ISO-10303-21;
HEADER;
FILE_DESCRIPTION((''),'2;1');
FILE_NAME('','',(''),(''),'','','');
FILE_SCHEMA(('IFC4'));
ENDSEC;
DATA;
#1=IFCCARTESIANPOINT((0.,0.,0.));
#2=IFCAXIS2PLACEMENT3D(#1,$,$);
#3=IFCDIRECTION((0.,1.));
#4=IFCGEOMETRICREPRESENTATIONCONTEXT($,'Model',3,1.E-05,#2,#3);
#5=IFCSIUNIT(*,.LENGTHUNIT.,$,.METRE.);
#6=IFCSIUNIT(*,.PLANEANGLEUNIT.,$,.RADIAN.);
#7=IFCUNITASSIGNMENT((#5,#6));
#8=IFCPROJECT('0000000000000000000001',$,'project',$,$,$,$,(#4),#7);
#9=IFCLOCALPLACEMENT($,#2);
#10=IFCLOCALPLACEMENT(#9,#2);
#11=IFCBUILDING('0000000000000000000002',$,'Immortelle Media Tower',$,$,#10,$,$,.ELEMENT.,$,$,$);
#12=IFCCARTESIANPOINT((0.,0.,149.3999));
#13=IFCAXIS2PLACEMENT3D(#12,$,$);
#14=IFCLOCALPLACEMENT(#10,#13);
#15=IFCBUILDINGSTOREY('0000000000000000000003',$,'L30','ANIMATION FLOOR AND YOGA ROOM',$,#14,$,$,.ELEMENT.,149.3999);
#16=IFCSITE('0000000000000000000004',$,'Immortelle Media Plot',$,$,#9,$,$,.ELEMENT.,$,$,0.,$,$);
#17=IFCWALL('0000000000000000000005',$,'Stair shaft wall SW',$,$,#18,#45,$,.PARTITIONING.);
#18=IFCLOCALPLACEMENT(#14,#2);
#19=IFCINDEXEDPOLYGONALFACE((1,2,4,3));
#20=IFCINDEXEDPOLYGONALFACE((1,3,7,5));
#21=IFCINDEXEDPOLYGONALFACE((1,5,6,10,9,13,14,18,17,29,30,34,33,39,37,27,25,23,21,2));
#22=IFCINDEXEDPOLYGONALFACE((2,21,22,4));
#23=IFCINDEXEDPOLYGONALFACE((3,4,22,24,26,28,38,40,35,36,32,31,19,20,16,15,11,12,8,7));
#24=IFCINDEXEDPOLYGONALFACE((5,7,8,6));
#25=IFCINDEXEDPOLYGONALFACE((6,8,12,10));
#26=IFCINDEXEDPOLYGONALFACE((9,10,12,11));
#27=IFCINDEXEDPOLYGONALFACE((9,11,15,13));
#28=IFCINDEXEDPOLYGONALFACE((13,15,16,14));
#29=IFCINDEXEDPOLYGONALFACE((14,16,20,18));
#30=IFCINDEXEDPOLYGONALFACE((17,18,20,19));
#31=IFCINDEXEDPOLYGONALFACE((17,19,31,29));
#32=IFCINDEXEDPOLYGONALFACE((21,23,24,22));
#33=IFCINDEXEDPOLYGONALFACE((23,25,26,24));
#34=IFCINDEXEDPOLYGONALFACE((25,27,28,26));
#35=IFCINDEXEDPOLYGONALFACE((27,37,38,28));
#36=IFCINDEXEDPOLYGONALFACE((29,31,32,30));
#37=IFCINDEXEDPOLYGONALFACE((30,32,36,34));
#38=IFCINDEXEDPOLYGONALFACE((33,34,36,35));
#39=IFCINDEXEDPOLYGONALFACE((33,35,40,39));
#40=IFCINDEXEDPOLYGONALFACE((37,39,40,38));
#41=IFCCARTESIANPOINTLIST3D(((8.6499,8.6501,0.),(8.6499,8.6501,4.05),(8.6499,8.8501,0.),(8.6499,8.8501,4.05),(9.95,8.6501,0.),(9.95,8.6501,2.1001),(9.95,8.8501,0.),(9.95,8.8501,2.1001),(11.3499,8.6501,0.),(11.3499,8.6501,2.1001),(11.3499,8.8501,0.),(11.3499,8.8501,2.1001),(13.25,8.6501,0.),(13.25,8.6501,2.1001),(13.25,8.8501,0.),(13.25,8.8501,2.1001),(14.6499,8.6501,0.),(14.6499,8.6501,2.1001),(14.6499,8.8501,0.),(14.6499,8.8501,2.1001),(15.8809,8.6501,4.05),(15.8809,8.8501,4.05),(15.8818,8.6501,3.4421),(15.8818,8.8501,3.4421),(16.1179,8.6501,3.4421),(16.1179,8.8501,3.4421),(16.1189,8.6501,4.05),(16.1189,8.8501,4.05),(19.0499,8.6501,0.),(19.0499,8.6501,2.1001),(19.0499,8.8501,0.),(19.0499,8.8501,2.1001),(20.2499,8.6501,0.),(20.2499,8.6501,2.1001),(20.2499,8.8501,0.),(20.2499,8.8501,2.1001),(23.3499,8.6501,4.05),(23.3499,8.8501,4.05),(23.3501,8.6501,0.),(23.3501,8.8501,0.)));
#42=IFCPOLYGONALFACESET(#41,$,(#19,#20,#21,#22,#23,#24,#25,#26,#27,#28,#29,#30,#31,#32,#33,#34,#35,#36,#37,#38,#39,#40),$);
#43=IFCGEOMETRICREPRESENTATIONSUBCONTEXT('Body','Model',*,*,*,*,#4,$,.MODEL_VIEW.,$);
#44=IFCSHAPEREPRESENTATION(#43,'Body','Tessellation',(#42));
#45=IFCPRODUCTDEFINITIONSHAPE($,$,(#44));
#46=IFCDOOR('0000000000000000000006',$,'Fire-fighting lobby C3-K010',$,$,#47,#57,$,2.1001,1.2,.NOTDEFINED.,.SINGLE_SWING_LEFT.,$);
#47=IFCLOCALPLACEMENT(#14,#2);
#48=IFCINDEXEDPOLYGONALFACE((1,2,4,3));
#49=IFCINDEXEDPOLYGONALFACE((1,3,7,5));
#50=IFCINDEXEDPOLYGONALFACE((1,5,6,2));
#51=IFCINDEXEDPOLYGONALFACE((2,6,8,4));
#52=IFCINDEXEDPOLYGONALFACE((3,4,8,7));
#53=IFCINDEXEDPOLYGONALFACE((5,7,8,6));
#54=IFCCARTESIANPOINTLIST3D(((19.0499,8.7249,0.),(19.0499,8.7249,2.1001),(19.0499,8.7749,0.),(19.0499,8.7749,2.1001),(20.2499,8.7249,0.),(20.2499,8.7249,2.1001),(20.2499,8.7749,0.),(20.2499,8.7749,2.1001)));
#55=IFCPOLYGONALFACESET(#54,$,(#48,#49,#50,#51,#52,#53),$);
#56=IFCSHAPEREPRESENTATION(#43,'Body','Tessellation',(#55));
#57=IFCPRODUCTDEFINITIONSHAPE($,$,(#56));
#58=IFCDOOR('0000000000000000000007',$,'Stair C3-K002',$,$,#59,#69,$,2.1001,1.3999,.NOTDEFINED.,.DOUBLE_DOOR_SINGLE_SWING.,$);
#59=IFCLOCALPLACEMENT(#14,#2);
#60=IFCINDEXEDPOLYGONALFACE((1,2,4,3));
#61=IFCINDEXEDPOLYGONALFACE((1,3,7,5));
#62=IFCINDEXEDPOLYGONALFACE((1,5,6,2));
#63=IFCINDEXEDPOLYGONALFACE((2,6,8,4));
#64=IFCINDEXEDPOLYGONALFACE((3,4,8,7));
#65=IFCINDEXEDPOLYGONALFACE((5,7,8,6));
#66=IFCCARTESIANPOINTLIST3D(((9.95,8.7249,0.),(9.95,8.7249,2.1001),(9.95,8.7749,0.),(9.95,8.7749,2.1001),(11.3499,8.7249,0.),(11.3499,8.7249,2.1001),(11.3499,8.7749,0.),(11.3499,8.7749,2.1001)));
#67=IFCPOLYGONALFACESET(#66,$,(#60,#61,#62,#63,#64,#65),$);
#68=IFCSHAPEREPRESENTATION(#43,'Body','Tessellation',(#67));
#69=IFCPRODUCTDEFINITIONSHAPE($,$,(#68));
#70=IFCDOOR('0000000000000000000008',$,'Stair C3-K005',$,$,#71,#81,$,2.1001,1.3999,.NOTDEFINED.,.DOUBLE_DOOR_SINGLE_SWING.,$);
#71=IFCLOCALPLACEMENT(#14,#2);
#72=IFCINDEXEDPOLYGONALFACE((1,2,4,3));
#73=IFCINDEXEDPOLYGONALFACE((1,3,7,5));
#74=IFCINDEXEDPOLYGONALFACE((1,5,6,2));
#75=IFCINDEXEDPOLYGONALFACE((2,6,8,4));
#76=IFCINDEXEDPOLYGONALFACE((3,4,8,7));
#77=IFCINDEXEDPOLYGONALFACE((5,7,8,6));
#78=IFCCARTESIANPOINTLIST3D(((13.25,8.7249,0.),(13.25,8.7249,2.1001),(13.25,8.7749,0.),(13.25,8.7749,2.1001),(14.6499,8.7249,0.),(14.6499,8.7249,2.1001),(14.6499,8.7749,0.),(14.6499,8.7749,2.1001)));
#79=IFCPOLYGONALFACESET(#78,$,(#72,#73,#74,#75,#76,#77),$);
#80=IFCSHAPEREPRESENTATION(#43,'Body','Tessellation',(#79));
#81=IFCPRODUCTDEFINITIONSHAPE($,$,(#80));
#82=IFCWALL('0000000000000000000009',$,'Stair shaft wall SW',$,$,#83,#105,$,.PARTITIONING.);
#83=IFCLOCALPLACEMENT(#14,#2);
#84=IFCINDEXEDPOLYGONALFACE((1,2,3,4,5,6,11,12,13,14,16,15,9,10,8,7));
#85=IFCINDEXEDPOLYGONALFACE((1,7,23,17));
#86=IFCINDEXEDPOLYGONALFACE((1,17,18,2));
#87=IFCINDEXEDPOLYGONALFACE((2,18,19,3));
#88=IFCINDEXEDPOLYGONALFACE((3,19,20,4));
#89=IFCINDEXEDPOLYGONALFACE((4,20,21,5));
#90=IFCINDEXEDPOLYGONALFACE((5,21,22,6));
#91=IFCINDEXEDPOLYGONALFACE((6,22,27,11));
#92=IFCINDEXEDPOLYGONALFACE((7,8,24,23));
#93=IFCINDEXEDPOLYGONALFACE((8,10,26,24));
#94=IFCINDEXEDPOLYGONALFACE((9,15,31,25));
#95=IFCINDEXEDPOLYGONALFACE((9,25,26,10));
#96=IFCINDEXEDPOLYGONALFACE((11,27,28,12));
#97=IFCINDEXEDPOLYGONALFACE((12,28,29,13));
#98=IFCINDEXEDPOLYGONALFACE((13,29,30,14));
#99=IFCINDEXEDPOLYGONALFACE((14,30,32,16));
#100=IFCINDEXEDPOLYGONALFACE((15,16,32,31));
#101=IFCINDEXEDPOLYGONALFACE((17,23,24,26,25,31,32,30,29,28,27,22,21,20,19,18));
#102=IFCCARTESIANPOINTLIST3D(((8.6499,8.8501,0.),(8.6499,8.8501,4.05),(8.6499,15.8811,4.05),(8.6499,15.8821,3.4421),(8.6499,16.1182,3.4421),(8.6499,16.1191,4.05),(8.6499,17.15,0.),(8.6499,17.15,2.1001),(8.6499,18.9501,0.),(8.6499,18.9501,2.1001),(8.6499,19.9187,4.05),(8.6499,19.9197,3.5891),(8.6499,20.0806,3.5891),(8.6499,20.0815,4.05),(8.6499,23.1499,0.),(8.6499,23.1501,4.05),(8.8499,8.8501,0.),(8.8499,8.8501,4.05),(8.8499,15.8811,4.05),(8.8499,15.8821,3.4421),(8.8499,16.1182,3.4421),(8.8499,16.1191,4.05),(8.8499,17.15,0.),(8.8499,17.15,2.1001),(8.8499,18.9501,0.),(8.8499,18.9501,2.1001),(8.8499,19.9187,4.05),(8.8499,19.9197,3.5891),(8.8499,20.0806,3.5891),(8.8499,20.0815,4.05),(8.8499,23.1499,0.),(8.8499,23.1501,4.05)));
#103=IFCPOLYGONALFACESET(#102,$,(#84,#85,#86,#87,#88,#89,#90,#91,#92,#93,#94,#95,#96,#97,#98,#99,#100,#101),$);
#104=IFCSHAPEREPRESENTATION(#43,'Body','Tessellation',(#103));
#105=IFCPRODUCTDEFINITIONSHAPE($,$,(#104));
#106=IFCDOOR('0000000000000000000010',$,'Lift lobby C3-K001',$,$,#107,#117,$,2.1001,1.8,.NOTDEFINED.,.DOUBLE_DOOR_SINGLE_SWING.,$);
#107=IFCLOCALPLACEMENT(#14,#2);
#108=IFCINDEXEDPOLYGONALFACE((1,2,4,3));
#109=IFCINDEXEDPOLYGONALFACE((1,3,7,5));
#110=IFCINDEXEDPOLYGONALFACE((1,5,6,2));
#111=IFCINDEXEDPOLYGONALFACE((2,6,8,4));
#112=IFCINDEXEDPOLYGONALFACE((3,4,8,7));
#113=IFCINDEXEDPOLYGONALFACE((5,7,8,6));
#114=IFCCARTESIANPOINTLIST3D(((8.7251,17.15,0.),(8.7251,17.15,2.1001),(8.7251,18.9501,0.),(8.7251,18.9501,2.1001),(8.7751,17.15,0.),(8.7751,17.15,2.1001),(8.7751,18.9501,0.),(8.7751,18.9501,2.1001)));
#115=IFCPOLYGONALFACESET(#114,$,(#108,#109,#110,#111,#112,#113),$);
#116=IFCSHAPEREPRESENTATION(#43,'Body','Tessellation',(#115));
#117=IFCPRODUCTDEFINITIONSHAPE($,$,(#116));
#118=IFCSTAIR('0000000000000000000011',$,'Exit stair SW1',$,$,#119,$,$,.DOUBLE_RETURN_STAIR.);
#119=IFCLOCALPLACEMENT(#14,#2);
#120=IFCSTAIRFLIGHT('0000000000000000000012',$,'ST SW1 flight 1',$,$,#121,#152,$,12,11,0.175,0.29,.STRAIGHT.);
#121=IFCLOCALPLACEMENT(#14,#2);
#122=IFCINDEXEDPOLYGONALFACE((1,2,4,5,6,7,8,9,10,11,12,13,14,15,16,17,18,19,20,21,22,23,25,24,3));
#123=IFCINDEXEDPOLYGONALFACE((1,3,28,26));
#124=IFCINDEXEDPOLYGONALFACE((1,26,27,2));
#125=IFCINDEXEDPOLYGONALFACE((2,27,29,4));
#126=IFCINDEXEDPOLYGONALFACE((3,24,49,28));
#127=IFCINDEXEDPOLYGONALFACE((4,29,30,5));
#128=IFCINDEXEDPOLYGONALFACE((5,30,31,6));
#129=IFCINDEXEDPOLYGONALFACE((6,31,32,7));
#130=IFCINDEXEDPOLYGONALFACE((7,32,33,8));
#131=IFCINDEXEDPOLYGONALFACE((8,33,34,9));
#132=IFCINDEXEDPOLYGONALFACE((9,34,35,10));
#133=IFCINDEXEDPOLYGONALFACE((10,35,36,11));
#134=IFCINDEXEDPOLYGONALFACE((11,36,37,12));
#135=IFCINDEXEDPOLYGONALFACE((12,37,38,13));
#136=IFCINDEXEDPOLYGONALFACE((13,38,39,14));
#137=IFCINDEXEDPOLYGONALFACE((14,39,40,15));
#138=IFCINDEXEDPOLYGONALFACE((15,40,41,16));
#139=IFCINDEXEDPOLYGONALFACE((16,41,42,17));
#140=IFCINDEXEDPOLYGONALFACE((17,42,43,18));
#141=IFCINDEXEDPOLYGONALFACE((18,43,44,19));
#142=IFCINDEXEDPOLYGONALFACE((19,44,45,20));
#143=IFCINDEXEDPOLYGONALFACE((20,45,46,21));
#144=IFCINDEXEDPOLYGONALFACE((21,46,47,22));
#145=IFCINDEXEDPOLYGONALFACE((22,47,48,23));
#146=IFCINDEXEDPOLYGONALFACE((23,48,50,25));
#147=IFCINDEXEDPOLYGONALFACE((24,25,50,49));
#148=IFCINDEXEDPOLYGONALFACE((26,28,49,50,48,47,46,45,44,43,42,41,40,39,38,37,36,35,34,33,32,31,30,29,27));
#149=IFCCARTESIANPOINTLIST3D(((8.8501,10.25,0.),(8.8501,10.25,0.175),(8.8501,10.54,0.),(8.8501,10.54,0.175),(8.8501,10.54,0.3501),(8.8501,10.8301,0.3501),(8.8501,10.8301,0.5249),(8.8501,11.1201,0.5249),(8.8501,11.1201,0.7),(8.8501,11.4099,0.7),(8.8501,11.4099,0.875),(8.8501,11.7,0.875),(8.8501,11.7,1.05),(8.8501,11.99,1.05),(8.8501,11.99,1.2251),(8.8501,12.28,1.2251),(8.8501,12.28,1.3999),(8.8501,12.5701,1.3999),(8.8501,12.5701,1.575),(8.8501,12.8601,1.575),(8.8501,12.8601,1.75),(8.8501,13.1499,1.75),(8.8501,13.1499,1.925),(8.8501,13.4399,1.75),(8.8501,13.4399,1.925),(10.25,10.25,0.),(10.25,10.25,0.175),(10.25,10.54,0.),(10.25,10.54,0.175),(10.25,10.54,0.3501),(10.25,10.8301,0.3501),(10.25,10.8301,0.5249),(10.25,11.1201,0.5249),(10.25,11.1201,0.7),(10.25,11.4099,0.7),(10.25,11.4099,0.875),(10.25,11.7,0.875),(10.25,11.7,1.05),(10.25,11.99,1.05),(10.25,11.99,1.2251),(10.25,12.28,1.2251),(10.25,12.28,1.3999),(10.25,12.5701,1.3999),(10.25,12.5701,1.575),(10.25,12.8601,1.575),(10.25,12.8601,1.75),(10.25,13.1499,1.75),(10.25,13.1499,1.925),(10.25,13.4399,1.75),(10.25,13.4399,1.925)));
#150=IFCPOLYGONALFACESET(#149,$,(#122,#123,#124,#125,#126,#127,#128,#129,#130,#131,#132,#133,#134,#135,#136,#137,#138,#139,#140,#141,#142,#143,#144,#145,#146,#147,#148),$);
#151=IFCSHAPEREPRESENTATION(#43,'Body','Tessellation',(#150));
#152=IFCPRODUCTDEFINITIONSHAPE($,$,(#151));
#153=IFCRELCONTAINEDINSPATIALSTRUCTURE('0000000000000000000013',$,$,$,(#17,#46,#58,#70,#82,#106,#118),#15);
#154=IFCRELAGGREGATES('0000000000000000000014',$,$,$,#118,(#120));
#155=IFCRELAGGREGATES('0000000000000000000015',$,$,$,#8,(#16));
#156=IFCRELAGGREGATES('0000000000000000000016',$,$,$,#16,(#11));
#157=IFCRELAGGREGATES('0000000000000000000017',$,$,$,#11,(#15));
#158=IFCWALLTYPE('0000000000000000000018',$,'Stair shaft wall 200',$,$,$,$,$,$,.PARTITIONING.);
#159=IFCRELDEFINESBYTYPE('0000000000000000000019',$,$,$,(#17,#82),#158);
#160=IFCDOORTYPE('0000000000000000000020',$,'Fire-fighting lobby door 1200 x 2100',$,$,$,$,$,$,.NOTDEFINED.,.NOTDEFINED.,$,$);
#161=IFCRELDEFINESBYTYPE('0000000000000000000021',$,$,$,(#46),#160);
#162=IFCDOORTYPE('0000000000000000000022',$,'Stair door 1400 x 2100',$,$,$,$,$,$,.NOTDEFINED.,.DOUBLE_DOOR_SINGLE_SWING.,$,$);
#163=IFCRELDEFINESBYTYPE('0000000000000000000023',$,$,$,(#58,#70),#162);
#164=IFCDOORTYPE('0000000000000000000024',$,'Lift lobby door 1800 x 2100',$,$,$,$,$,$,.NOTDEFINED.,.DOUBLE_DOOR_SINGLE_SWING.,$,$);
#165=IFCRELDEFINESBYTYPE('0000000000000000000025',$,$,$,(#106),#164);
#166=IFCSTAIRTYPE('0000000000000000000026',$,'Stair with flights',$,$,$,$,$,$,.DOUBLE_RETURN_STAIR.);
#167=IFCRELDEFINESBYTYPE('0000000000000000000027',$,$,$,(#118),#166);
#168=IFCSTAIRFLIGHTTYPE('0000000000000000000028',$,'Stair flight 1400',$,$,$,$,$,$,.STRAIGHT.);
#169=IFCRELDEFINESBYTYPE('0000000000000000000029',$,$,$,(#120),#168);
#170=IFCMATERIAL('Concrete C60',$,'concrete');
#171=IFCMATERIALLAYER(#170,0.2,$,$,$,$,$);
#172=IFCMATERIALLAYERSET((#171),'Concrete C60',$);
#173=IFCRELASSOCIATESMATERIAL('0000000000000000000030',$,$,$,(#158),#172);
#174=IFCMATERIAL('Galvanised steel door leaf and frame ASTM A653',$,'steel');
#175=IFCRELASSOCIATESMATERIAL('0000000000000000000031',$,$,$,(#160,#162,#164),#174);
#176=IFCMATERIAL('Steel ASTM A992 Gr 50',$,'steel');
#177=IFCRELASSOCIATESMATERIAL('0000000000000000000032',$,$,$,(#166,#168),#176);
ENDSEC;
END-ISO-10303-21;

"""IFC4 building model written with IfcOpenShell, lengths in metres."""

from ifc_helpers import new_model, si_unit, direction, frame, frame_2d, origin, place, context, subcontext, project, spatial, polyline, rectangle, outline, extrude, material, layer, layer_set, type_object, element, fill, aggregate, save


model = new_model("IFC4")

# Units and contexts
model_context = context("Model", 3, precision=1e-05, world=origin(), true_north=direction((0.0, 1.0)))
body_context = subcontext(model_context, "Body", "Model", "MODEL_VIEW")
ifc_project = project(units=[si_unit("LENGTHUNIT", "METRE"), si_unit("PLANEANGLEUNIT", "RADIAN")], contexts=[model_context])

# Site, building, storey
site_placement = place(None, origin())
site = spatial("IfcSite", under=ifc_project, at=site_placement, Name="Immortelle Media Plot", CompositionType="ELEMENT", RefElevation=0.0)
building_placement = place(site_placement, origin())
building = spatial("IfcBuilding", under=site, at=building_placement, Name="Immortelle Media Tower", CompositionType="ELEMENT")
storey_placement = place(building_placement, frame((0.0, 0.0, 149.3999)))
storey = spatial("IfcBuildingStorey", under=building, at=storey_placement, Name="L30", Description="ANIMATION FLOOR AND YOGA ROOM", CompositionType="ELEMENT", Elevation=149.3999)

# Shared definitions
ifc_material_1 = material(Name="Steel ASTM A992 Gr 50", Category="steel")

# Wall, openings, doors
ifc_material_2 = material(Name="Concrete C60", Category="concrete")
ifc_layer_1 = layer(ifc_material_2, 0.2)
ifc_layer_set_1 = layer_set([ifc_layer_1], Name="Concrete C60")
wall_type_1 = type_object("IfcWallType", Name="Stair shaft wall 200", PredefinedType="PARTITIONING", material=ifc_layer_set_1)
wall_1_placement = place(storey_placement, frame((8.6499, 8.75, 0.0), z_axis=(0.0, 0.0, 1.0), x_axis=(1.0, 0.0, 0.0)))
wall_1 = element("IfcWall", 1, at=wall_1_placement, inside=storey, type_object=wall_type_1, Name="Stair shaft wall SW", PredefinedType="PARTITIONING", context=body_context, shape_type="SweptSolid", body=[
    extrude(outline(polyline([(0.0, 0.0), (14.7002, 0.0), (14.7, 4.05), (7.469, 4.05), (7.468, 3.4421), (7.2319, 3.4421), (7.231, 4.05), (0.0, 4.05), (0.0, 0.0)])), frame((0.0, 0.1001, 0.0), z_axis=(0.0, -1.0, 0.0), x_axis=(1.0, 0.0, 0.0)), (0.0, 0.0, 1.0), 0.2),
])
opening_1_placement = place(wall_1_placement, frame((1.3, 0.0, 0.0)))
opening_1 = element("IfcOpeningElement", 2, at=opening_1_placement, cuts=wall_1, PredefinedType="OPENING", context=body_context, shape_type="SweptSolid", body=[
    extrude(rectangle(XDim=1.3999, YDim=2.1001, at=frame_2d((0.7, 1.05))), frame((0.0, 0.1099, 0.0), z_axis=(0.0, -1.0, 0.0), x_axis=(1.0, 0.0, 0.0)), (0.0, 0.0, 1.0), 0.22),
])
opening_2_placement = place(wall_1_placement, frame((4.6001, 0.0, 0.0)))
opening_2 = element("IfcOpeningElement", 3, at=opening_2_placement, cuts=wall_1, PredefinedType="OPENING", context=body_context, shape_type="SweptSolid", body=[
    extrude(rectangle(XDim=1.3999, YDim=2.1001, at=frame_2d((0.7, 1.05))), frame((0.0, 0.1099, 0.0), z_axis=(0.0, -1.0, 0.0), x_axis=(1.0, 0.0, 0.0)), (0.0, 0.0, 1.0), 0.22),
])
opening_3_placement = place(wall_1_placement, frame((10.3999, 0.0, 0.0)))
opening_3 = element("IfcOpeningElement", 4, at=opening_3_placement, cuts=wall_1, PredefinedType="OPENING", context=body_context, shape_type="SweptSolid", body=[
    extrude(rectangle(XDim=1.2, YDim=2.1001, at=frame_2d((0.6001, 1.05))), frame((0.0, 0.1099, 0.0), z_axis=(0.0, -1.0, 0.0), x_axis=(1.0, 0.0, 0.0)), (0.0, 0.0, 1.0), 0.22),
])
ifc_material_3 = material(Name="Galvanised steel door leaf and frame ASTM A653", Category="steel")
door_type_1 = type_object("IfcDoorType", Name="Fire-fighting lobby door 1200 x 2100", OperationType="NOTDEFINED", PredefinedType="NOTDEFINED", material=ifc_material_3)
door_1_placement = place(opening_3_placement, origin())
door_1 = element("IfcDoor", 5, at=door_1_placement, inside=storey, type_object=door_type_1, Name="Fire-fighting lobby C3-K010", OperationType="SINGLE_SWING_LEFT", OverallHeight=2.1001, OverallWidth=1.2, PredefinedType="NOTDEFINED", context=body_context, shape_type="SweptSolid", body=[
    extrude(rectangle(XDim=1.2, YDim=2.1001, at=frame_2d((0.6001, 1.05))), frame((0.0, 0.0249, 0.0), z_axis=(0.0, -1.0, 0.0), x_axis=(1.0, 0.0, 0.0)), (0.0, 0.0, 1.0), 0.05),
])
fill(opening_3, door_1)
door_type_2 = type_object("IfcDoorType", Name="Stair door 1400 x 2100", OperationType="DOUBLE_DOOR_SINGLE_SWING", PredefinedType="NOTDEFINED", material=ifc_material_3)
door_2_placement = place(opening_1_placement, origin())
door_2 = element("IfcDoor", 6, at=door_2_placement, inside=storey, type_object=door_type_2, Name="Stair C3-K002", OperationType="DOUBLE_DOOR_SINGLE_SWING", OverallHeight=2.1001, OverallWidth=1.3999, PredefinedType="NOTDEFINED", context=body_context, shape_type="SweptSolid", body=[
    extrude(rectangle(XDim=1.3999, YDim=2.1001, at=frame_2d((0.7, 1.05))), frame((0.0, 0.0249, 0.0), z_axis=(0.0, -1.0, 0.0), x_axis=(1.0, 0.0, 0.0)), (0.0, 0.0, 1.0), 0.05),
])
fill(opening_1, door_2)
door_3_placement = place(opening_2_placement, origin())
door_3 = element("IfcDoor", 7, at=door_3_placement, inside=storey, type_object=door_type_2, Name="Stair C3-K005", OperationType="DOUBLE_DOOR_SINGLE_SWING", OverallHeight=2.1001, OverallWidth=1.3999, PredefinedType="NOTDEFINED", context=body_context, shape_type="SweptSolid", body=[
    extrude(rectangle(XDim=1.3999, YDim=2.1001, at=frame_2d((0.7, 1.05))), frame((0.0, 0.0249, 0.0), z_axis=(0.0, -1.0, 0.0), x_axis=(1.0, 0.0, 0.0)), (0.0, 0.0, 1.0), 0.05),
])
fill(opening_2, door_3)

# Wall, opening, door
wall_2_placement = place(storey_placement, frame((8.75, 8.8501, 0.0), z_axis=(0.0, 0.0, 1.0), x_axis=(0.0, 1.0, 0.0)))
wall_2 = element("IfcWall", 8, at=wall_2_placement, inside=storey, type_object=wall_type_1, Name="Stair shaft wall SW", PredefinedType="PARTITIONING", context=body_context, shape_type="SweptSolid", body=[
    extrude(outline(polyline([(0.0, 0.0), (14.2998, 0.0), (14.3, 4.05), (11.2314, 4.05), (11.2305, 3.5891), (11.0696, 3.5891), (11.0686, 4.05), (7.269, 4.05), (7.2681, 3.4421), (7.032, 3.4421), (7.031, 4.05), (0.0, 4.05), (0.0, 0.0)])), frame((0.0, 0.1001, 0.0), z_axis=(0.0, -1.0, 0.0), x_axis=(1.0, 0.0, 0.0)), (0.0, 0.0, 1.0), 0.2),
])
opening_4_placement = place(wall_2_placement, frame((8.3, 0.0, 0.0)))
opening_4 = element("IfcOpeningElement", 9, at=opening_4_placement, cuts=wall_2, PredefinedType="OPENING", context=body_context, shape_type="SweptSolid", body=[
    extrude(rectangle(XDim=1.8, YDim=2.1001, at=frame_2d((0.8999, 1.05))), frame((0.0, 0.1099, 0.0), z_axis=(0.0, -1.0, 0.0), x_axis=(1.0, 0.0, 0.0)), (0.0, 0.0, 1.0), 0.22),
])
door_type_3 = type_object("IfcDoorType", Name="Lift lobby door 1800 x 2100", OperationType="DOUBLE_DOOR_SINGLE_SWING", PredefinedType="NOTDEFINED", material=ifc_material_3)
door_4_placement = place(opening_4_placement, origin())
door_4 = element("IfcDoor", 10, at=door_4_placement, inside=storey, type_object=door_type_3, Name="Lift lobby C3-K001", OperationType="DOUBLE_DOOR_SINGLE_SWING", OverallHeight=2.1001, OverallWidth=1.8, PredefinedType="NOTDEFINED", context=body_context, shape_type="SweptSolid", body=[
    extrude(rectangle(XDim=1.8, YDim=2.1001, at=frame_2d((0.8999, 1.05))), frame((0.0, 0.0249, 0.0), z_axis=(0.0, -1.0, 0.0), x_axis=(1.0, 0.0, 0.0)), (0.0, 0.0, 1.0), 0.05),
])
fill(opening_4, door_4)

# Stair, stair flight
stair_type = type_object("IfcStairType", Name="Stair with flights", PredefinedType="DOUBLE_RETURN_STAIR", material=ifc_material_1)
stair_placement = place(storey_placement, origin())
stair = element("IfcStair", 11, at=stair_placement, inside=storey, type_object=stair_type, Name="Exit stair SW1", PredefinedType="DOUBLE_RETURN_STAIR")
stair_flight_type = type_object("IfcStairFlightType", Name="Stair flight 1400", PredefinedType="STRAIGHT", material=ifc_material_1)
stair_flight_placement = place(storey_placement, frame((9.55, 10.25, 0.0), z_axis=(0.0, 0.0, 1.0), x_axis=(0.0, 1.0, 0.0)))
stair_flight = element("IfcStairFlight", 12, at=stair_flight_placement, type_object=stair_flight_type, Name="ST SW1 flight 1", NumberOfRisers=12, NumberOfTreads=11, PredefinedType="STRAIGHT", RiserHeight=0.175, TreadLength=0.29, context=body_context, shape_type="SweptSolid", body=[
    extrude(outline(polyline([(0.0, 0.0), (0.0, 0.175), (0.29, 0.175), (0.29, 0.3501), (0.5801, 0.3501), (0.5801, 0.5249), (0.8701, 0.5249), (0.8701, 0.7), (1.1599, 0.7), (1.1599, 0.875), (1.45, 0.875), (1.45, 1.05), (1.74, 1.05), (1.74, 1.2251), (2.03, 1.2251), (2.03, 1.3999), (2.3201, 1.3999), (2.3201, 1.575), (2.6101, 1.575), (2.6101, 1.75), (2.8999, 1.75), (2.8999, 1.925), (3.1899, 1.925), (3.1899, 2.1001), (3.1899, 1.75), (0.29, 0.0), (0.0, 0.0)])), frame((0.0, 0.7, 0.0), z_axis=(0.0, -1.0, 0.0), x_axis=(1.0, 0.0, 0.0)), (0.0, 0.0, 1.0), 1.3999),
])
aggregate(stair, [stair_flight])

save(model, "model.ifc")
